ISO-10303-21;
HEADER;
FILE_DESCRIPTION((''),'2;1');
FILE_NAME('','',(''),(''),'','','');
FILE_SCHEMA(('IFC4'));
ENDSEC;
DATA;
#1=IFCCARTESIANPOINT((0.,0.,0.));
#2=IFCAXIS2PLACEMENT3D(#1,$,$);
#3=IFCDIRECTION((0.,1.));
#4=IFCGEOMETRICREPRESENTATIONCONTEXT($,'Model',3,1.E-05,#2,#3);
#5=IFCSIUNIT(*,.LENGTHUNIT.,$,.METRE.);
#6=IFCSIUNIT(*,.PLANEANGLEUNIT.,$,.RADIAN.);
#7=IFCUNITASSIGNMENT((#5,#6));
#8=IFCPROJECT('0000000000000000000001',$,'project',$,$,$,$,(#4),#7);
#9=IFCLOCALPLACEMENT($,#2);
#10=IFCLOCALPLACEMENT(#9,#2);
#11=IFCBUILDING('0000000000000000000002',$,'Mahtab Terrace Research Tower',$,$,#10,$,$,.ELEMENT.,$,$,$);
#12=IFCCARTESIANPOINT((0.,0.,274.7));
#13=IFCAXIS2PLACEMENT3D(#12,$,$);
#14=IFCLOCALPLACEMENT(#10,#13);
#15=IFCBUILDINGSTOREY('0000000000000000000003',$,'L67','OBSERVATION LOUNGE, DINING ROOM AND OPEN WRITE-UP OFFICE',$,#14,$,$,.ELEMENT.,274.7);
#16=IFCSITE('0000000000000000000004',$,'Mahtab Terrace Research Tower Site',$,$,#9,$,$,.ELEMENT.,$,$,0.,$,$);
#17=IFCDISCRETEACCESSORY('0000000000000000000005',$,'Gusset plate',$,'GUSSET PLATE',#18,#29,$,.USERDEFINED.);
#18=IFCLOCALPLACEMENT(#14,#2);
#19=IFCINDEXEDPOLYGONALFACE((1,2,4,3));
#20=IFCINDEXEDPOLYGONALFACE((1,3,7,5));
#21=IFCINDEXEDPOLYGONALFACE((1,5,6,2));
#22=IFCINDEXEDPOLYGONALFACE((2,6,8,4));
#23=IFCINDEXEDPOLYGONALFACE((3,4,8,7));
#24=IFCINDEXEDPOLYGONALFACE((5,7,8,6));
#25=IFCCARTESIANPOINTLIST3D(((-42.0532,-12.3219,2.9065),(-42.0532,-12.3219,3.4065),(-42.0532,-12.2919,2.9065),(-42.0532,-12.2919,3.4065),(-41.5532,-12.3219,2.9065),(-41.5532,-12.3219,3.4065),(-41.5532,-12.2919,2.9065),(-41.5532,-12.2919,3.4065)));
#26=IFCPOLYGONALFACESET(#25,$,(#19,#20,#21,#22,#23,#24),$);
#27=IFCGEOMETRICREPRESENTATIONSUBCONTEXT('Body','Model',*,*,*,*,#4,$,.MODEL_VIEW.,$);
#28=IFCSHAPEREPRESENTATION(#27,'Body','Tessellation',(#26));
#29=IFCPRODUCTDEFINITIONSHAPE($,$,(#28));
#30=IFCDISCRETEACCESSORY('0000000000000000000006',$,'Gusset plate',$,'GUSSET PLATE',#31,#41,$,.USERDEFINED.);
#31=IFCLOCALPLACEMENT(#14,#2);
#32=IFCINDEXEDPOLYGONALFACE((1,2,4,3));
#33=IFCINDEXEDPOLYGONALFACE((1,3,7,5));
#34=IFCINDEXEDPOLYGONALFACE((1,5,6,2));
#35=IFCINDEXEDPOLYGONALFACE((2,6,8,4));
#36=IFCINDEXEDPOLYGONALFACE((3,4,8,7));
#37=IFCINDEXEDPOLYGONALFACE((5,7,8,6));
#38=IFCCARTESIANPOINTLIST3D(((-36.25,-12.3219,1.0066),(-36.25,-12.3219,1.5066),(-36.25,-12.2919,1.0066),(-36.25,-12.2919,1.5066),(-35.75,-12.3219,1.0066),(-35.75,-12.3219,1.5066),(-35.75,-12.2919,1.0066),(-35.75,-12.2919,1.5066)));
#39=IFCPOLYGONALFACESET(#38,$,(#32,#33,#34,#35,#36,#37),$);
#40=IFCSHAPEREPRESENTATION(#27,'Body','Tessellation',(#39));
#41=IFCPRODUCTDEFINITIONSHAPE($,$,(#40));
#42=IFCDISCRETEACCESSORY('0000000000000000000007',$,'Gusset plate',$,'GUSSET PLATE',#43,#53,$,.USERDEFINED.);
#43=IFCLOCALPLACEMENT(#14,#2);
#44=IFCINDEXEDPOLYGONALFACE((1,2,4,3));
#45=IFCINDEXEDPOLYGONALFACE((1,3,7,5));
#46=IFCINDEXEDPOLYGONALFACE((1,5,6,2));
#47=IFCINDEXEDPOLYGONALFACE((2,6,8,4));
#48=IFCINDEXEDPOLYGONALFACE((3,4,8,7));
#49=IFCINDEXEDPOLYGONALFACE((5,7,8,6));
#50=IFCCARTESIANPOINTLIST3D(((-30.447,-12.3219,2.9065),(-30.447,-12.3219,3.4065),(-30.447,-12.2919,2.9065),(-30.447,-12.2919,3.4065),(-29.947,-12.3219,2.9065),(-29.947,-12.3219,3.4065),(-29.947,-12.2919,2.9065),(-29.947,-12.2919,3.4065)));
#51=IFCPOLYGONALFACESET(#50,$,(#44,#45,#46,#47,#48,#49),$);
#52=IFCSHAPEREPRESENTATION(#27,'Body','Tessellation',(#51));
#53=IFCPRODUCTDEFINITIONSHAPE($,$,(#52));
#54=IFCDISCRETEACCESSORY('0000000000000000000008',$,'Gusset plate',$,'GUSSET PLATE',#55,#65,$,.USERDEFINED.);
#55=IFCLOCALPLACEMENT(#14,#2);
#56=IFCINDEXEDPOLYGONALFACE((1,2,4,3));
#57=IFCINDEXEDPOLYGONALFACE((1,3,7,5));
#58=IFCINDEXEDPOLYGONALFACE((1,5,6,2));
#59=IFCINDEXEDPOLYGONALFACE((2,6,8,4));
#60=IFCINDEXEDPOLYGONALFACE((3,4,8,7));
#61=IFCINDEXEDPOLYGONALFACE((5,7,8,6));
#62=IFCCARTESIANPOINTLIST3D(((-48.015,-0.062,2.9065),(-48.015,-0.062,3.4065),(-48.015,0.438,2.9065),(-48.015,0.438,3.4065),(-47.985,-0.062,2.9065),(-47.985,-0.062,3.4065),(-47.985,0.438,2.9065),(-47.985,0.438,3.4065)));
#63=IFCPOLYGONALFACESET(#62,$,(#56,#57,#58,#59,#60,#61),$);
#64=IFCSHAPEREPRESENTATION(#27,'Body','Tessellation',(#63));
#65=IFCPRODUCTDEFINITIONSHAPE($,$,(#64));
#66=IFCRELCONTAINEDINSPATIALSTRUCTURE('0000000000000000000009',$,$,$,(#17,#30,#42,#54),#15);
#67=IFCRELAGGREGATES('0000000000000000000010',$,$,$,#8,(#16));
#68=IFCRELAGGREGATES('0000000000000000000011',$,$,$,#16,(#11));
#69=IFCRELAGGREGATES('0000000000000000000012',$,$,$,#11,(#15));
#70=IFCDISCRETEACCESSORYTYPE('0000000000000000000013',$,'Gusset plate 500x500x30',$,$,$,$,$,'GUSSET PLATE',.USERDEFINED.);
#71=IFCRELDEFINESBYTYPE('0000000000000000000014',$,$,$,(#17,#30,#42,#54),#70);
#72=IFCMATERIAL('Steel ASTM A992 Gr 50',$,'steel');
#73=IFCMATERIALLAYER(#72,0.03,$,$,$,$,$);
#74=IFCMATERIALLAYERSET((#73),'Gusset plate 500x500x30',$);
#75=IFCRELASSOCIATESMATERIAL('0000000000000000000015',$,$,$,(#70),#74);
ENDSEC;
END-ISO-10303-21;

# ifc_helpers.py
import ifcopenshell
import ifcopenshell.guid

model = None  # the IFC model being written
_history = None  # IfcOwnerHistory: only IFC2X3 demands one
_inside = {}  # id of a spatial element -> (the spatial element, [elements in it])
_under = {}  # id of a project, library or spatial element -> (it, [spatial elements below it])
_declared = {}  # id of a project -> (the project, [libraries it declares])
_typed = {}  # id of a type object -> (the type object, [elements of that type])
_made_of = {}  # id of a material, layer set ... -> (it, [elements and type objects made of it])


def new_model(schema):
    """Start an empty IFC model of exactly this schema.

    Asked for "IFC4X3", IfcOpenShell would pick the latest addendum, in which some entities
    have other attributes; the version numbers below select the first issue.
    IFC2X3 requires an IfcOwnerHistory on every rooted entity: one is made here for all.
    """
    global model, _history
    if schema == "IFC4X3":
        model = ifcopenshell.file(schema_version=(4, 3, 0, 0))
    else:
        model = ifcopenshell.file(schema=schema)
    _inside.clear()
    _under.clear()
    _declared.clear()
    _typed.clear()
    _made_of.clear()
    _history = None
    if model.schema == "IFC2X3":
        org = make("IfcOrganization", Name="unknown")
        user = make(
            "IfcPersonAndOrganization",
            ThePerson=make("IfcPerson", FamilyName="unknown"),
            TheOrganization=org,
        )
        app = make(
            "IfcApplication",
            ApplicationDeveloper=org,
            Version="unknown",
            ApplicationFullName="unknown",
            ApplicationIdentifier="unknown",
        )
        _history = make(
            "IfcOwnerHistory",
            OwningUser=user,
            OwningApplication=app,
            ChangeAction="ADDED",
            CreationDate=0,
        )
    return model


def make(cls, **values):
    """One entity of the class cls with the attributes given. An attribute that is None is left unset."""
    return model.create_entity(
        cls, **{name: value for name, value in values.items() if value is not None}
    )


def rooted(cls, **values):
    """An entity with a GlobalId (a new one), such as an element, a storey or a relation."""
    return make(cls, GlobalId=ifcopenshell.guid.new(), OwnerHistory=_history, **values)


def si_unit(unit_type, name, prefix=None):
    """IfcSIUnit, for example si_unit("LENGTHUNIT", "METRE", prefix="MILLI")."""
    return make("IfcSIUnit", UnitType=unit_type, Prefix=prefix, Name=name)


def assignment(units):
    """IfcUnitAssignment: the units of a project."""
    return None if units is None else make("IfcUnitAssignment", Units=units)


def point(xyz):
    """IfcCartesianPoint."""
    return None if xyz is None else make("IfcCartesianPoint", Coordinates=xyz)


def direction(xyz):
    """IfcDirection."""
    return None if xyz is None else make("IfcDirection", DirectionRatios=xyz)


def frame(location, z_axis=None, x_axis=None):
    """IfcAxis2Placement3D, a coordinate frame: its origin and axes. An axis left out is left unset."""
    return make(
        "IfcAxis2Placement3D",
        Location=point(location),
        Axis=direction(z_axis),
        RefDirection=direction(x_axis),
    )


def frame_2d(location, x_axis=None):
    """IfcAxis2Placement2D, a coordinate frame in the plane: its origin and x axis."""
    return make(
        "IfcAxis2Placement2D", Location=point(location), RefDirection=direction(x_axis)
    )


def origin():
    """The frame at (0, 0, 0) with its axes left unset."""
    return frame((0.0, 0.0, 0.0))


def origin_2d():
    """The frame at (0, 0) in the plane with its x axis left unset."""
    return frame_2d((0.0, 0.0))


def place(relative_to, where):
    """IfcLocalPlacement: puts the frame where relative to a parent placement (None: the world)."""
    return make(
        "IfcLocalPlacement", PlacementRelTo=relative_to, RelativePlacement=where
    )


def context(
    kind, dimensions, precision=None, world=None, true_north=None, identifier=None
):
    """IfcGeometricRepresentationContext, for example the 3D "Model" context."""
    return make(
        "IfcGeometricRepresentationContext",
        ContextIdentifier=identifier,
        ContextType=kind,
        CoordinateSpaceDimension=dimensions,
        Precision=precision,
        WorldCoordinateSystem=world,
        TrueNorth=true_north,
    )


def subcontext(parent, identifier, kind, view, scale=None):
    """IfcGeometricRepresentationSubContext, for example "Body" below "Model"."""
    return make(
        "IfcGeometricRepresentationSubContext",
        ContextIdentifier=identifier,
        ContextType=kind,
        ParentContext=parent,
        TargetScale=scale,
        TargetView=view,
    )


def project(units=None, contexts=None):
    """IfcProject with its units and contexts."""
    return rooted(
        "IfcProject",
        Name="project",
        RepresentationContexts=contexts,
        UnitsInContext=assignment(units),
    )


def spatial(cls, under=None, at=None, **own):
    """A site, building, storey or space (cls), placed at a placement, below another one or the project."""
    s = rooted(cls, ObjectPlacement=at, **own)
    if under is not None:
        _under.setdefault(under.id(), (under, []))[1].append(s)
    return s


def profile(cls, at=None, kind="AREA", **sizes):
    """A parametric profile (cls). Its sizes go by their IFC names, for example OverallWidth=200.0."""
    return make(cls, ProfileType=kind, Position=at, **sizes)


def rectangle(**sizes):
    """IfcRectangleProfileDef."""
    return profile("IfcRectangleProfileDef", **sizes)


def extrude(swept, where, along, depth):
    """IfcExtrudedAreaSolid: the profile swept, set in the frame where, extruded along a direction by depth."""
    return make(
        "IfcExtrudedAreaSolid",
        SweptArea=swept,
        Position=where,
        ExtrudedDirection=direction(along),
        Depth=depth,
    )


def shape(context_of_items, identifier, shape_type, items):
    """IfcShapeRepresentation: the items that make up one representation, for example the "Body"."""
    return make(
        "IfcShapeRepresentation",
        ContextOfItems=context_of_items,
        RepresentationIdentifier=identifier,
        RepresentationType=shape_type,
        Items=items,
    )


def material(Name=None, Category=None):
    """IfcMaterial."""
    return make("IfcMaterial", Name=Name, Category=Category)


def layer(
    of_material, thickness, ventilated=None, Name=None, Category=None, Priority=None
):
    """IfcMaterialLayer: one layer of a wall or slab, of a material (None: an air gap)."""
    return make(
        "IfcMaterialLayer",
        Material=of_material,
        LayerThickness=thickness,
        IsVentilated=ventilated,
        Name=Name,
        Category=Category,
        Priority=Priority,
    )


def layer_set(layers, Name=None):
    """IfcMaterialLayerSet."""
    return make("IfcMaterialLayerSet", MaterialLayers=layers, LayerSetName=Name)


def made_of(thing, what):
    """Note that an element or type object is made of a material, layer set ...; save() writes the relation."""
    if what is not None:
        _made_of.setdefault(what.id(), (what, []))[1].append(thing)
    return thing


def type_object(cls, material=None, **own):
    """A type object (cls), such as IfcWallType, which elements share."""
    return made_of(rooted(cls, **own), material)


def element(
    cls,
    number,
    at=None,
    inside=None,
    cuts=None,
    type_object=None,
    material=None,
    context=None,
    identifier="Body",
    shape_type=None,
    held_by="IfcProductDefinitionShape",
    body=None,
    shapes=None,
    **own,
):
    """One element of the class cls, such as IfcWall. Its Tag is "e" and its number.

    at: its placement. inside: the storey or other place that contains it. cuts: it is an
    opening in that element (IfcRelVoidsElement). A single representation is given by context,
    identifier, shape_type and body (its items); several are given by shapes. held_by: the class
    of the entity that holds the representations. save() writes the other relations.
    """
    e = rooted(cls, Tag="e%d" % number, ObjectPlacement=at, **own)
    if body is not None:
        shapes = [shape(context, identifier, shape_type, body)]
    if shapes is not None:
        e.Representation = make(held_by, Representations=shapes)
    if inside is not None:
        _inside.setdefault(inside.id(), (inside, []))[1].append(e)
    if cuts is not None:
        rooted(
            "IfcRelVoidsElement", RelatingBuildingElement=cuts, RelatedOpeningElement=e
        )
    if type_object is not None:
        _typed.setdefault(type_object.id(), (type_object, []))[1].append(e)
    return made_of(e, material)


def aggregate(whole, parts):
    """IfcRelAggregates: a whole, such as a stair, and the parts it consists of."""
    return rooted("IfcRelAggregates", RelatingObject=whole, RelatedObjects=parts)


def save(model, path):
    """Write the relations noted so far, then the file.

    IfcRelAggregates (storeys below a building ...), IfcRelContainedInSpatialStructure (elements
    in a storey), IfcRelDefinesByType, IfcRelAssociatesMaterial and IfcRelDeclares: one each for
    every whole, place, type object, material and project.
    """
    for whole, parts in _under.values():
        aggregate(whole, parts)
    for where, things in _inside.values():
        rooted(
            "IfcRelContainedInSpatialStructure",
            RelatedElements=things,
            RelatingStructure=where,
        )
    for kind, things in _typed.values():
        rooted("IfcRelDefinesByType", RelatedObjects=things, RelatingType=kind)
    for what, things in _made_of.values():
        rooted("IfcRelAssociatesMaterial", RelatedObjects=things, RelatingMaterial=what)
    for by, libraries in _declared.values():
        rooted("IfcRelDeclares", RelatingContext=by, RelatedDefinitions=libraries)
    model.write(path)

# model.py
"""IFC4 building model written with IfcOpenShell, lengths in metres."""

from ifc_helpers import new_model, si_unit, direction, frame, origin, origin_2d, place, context, subcontext, project, spatial, rectangle, extrude, material, layer, layer_set, type_object, element, save


model = new_model("IFC4")

# Units and contexts
model_context = context("Model", 3, precision=1e-05, world=origin(), true_north=direction((0.0, 1.0)))
body_context = subcontext(model_context, "Body", "Model", "MODEL_VIEW")
ifc_project = project(units=[si_unit("LENGTHUNIT", "METRE"), si_unit("PLANEANGLEUNIT", "RADIAN")], contexts=[model_context])

# Site, building, storey
site_placement = place(None, origin())
site = spatial("IfcSite", under=ifc_project, at=site_placement, Name="Mahtab Terrace Research Tower Site", CompositionType="ELEMENT", RefElevation=0.0)
building_placement = place(site_placement, origin())
building = spatial("IfcBuilding", under=site, at=building_placement, Name="Mahtab Terrace Research Tower", CompositionType="ELEMENT")
storey_placement = place(building_placement, frame((0.0, 0.0, 274.7)))
storey = spatial("IfcBuildingStorey", under=building, at=storey_placement, Name="L67", Description="OBSERVATION LOUNGE, DINING ROOM AND OPEN WRITE-UP OFFICE", CompositionType="ELEMENT", Elevation=274.7)

# Shared definitions
ifc_material_1 = material(Name="Steel ASTM A992 Gr 50", Category="steel")

# Discrete accessories
ifc_layer_1 = layer(ifc_material_1, 0.03)
ifc_layer_set_1 = layer_set([ifc_layer_1], Name="Gusset plate 500x500x30")
discrete_accessory_type = type_object("IfcDiscreteAccessoryType", Name="Gusset plate 500x500x30", ElementType="GUSSET PLATE", PredefinedType="USERDEFINED", material=ifc_layer_set_1)
for number, where, z_axis, x_axis, name in (
    (1, (-41.8032, -12.3069, 2.9065), (0.0, 0.0, 1.0), (1.0, 0.0, 0.0), "Gusset plate"),
    (2, (-36.0, -12.3069, 1.0066), (0.0, 0.0, 1.0), (1.0, 0.0, 0.0), "Gusset plate"),
    (3, (-30.197, -12.3069, 2.9065), (0.0, 0.0, 1.0), (1.0, 0.0, 0.0), "Gusset plate"),
    (4, (-48.0, 0.188, 2.9065), (0.0, 0.0, 1.0), (0.0, 1.0, 0.0), "Gusset plate"),
):
    element("IfcDiscreteAccessory", number, at=place(storey_placement, frame(where, z_axis=z_axis, x_axis=x_axis)), inside=storey, type_object=discrete_accessory_type, Name=name, ObjectType="GUSSET PLATE", PredefinedType="USERDEFINED", context=body_context, shape_type="SweptSolid", body=[
        extrude(rectangle(XDim=0.5, YDim=0.03, at=origin_2d()), origin(), (0.0, 0.0, 1.0), 0.5),
    ])

save(model, "model.ifc")
